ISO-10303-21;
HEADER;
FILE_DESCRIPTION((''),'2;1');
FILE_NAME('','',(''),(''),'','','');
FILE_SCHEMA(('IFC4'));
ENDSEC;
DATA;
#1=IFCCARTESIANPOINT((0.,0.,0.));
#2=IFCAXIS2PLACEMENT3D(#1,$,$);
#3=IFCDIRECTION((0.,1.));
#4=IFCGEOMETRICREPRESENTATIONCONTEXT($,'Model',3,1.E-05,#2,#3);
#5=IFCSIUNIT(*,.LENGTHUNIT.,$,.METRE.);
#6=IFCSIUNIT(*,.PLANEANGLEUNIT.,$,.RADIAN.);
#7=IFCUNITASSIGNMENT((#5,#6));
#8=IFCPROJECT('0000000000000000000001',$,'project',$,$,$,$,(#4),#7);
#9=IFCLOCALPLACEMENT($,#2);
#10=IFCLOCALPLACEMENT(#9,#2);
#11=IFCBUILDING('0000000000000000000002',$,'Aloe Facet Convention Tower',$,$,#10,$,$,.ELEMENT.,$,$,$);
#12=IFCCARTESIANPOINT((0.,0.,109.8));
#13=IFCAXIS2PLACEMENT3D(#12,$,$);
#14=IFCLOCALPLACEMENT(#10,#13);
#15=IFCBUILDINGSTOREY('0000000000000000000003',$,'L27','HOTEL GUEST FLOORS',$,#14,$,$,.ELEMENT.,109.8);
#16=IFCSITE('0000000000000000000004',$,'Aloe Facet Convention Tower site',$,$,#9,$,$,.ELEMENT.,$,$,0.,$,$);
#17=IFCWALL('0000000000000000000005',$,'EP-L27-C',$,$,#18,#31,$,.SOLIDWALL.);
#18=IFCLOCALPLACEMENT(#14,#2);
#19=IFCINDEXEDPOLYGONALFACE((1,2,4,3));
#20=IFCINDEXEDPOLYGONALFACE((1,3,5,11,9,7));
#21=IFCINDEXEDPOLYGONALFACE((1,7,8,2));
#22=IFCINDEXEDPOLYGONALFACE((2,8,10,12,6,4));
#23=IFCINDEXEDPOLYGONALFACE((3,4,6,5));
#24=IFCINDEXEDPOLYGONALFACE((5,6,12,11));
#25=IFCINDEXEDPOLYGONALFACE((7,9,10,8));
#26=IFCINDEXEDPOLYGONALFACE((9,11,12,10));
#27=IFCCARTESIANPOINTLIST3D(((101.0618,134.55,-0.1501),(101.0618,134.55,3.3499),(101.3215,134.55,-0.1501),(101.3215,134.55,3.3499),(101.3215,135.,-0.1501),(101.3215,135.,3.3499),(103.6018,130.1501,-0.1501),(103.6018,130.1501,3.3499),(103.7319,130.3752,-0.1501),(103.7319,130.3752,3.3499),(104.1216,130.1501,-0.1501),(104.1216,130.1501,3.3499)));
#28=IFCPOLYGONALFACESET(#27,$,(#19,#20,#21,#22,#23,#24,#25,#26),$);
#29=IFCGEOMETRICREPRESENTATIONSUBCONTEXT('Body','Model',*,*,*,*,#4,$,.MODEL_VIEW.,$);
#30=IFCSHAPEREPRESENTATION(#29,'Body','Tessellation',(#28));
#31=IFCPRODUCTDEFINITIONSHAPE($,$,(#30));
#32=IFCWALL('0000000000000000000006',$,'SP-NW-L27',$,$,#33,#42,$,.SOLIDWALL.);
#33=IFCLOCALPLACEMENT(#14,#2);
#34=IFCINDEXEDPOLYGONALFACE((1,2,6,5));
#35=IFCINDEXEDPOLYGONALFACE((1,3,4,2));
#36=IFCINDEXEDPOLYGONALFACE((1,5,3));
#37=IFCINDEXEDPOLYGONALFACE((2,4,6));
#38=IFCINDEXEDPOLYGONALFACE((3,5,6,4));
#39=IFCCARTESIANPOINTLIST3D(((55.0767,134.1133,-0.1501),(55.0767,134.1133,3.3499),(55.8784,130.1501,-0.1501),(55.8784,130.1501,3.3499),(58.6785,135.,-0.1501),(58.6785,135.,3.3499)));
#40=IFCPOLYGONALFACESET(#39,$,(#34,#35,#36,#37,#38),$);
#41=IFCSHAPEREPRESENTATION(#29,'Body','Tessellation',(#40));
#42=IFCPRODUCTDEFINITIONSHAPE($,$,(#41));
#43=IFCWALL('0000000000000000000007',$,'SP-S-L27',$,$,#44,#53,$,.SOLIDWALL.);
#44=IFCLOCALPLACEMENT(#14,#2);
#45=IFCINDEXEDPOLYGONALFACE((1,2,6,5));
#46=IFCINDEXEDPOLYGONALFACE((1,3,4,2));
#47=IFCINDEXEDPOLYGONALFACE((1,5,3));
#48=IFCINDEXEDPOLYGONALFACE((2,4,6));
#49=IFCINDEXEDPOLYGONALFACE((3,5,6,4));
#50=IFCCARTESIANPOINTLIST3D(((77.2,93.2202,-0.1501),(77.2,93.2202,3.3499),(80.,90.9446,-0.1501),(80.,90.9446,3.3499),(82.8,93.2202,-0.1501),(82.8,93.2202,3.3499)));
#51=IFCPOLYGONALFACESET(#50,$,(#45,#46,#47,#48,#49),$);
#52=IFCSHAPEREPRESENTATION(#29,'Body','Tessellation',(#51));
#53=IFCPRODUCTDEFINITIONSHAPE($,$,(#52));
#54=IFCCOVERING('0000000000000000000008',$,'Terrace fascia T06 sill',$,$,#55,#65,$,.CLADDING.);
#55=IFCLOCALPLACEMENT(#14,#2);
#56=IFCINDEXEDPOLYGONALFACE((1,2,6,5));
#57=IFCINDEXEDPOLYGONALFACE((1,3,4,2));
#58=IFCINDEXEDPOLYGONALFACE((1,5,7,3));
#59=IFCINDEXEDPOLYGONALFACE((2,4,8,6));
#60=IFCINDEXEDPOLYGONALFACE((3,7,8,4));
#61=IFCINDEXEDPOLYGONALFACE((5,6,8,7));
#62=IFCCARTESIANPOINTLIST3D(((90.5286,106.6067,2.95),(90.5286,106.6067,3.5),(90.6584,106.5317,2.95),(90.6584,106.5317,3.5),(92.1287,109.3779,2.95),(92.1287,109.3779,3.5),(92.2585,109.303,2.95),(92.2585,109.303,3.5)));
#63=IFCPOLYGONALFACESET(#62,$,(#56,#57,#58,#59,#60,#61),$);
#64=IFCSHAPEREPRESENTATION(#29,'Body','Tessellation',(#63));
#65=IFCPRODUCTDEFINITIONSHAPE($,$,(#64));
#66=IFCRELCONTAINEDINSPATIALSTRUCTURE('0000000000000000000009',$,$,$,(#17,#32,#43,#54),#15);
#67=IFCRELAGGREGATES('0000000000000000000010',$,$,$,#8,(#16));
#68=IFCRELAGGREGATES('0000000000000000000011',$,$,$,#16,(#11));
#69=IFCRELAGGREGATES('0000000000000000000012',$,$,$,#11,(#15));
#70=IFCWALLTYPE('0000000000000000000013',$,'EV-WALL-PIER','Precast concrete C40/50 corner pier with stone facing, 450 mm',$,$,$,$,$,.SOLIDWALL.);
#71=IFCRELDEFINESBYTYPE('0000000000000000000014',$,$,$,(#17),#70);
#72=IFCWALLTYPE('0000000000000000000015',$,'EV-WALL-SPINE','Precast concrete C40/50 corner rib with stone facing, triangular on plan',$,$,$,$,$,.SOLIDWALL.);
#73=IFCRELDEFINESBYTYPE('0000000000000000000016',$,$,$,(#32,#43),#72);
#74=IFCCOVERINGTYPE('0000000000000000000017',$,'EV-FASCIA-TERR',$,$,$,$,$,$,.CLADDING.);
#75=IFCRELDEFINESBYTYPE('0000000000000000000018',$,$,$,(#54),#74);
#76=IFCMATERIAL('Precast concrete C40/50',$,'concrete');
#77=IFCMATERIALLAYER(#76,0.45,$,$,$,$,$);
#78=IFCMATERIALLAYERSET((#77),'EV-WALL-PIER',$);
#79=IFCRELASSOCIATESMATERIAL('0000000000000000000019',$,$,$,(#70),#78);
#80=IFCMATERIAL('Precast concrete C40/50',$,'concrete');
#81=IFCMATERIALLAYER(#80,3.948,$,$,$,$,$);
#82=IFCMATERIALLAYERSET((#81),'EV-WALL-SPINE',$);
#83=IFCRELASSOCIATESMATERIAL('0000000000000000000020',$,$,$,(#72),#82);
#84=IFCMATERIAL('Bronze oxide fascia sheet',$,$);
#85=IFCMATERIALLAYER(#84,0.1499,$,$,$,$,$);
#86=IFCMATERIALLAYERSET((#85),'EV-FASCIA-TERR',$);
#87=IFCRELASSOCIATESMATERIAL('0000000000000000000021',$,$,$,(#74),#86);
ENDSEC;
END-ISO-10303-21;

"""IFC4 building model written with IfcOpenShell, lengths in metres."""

from ifc_helpers import new_model, si_unit, direction, frame, origin, place, context, subcontext, project, spatial, polyline, outline, extrude, material, layer, layer_set, type_object, element, save


model = new_model("IFC4")

# Units and contexts
model_context = context("Model", 3, precision=1e-05, world=origin(), true_north=direction((0.0, 1.0)))
body_context = subcontext(model_context, "Body", "Model", "MODEL_VIEW")
ifc_project = project(units=[si_unit("LENGTHUNIT", "METRE"), si_unit("PLANEANGLEUNIT", "RADIAN")], contexts=[model_context])

# Site, building, storey
site_placement = place(None, origin())
site = spatial("IfcSite", under=ifc_project, at=site_placement, Name="Aloe Facet Convention Tower site", CompositionType="ELEMENT", RefElevation=0.0)
building_placement = place(site_placement, origin())
building = spatial("IfcBuilding", under=site, at=building_placement, Name="Aloe Facet Convention Tower", CompositionType="ELEMENT")
storey_placement = place(building_placement, frame((0.0, 0.0, 109.8)))
storey = spatial("IfcBuildingStorey", under=building, at=storey_placement, Name="L27", Description="HOTEL GUEST FLOORS", CompositionType="ELEMENT", Elevation=109.8)

# Walls
ifc_material_1 = material(Name="Precast concrete C40/50", Category="concrete")
ifc_layer_1 = layer(ifc_material_1, 0.45)
ifc_layer_set_1 = layer_set([ifc_layer_1], Name="EV-WALL-PIER")
wall_type_1 = type_object("IfcWallType", Name="EV-WALL-PIER", Description="Precast concrete C40/50 corner pier with stone facing, 450 mm", PredefinedType="SOLIDWALL", material=ifc_layer_set_1)
wall_1_placement = place(storey_placement, frame((0.0, 0.0, -0.1501)))
element("IfcWall", 1, at=wall_1_placement, inside=storey, type_object=wall_type_1, Name="EP-L27-C", PredefinedType="SOLIDWALL", context=body_context, shape_type="SweptSolid", body=[
    extrude(outline(polyline([(104.1216, 130.1501), (103.7319, 130.3752), (103.6018, 130.1501), (101.0618, 134.55), (101.3215, 134.55), (101.3215, 135.0), (104.1216, 130.1501)])), origin(), (0.0, 0.0, 1.0), 3.5),
])
ifc_material_2 = material(Name="Precast concrete C40/50", Category="concrete")
ifc_layer_2 = layer(ifc_material_2, 3.948)
ifc_layer_set_2 = layer_set([ifc_layer_2], Name="EV-WALL-SPINE")
wall_type_2 = type_object("IfcWallType", Name="EV-WALL-SPINE", Description="Precast concrete C40/50 corner rib with stone facing, triangular on plan", PredefinedType="SOLIDWALL", material=ifc_layer_set_2)
wall_2_placement = place(storey_placement, frame((0.0, 0.0, -0.1501)))
element("IfcWall", 2, at=wall_2_placement, inside=storey, type_object=wall_type_2, Name="SP-NW-L27", PredefinedType="SOLIDWALL", context=body_context, shape_type="SweptSolid", body=[
    extrude(outline(polyline([(58.6785, 135.0), (55.0767, 134.1133), (55.8784, 130.1501), (58.6785, 135.0)])), origin(), (0.0, 0.0, 1.0), 3.5),
])
wall_3_placement = place(storey_placement, frame((0.0, 0.0, -0.1501)))
element("IfcWall", 3, at=wall_3_placement, inside=storey, type_object=wall_type_2, Name="SP-S-L27", PredefinedType="SOLIDWALL", context=body_context, shape_type="SweptSolid", body=[
    extrude(outline(polyline([(77.2, 93.2202), (80.0, 90.9446), (82.8, 93.2202), (77.2, 93.2202)])), origin(), (0.0, 0.0, 1.0), 3.5),
])

# Covering
ifc_material_3 = material(Name="Bronze oxide fascia sheet")
ifc_layer_3 = layer(ifc_material_3, 0.1499)
ifc_layer_set_3 = layer_set([ifc_layer_3], Name="EV-FASCIA-TERR")
covering_type = type_object("IfcCoveringType", Name="EV-FASCIA-TERR", PredefinedType="CLADDING", material=ifc_layer_set_3)
covering_placement = place(storey_placement, frame((0.0, 0.0, 2.95)))
element("IfcCovering", 4, at=covering_placement, inside=storey, type_object=covering_type, Name="Terrace fascia T06 sill", PredefinedType="CLADDING", context=body_context, shape_type="SweptSolid", body=[
    extrude(outline(polyline([(90.6584, 106.5317), (92.2585, 109.303), (92.1287, 109.3779), (90.5286, 106.6067), (90.6584, 106.5317)])), origin(), (0.0, 0.0, 1.0), 0.55),
])

save(model, "model.ifc")
